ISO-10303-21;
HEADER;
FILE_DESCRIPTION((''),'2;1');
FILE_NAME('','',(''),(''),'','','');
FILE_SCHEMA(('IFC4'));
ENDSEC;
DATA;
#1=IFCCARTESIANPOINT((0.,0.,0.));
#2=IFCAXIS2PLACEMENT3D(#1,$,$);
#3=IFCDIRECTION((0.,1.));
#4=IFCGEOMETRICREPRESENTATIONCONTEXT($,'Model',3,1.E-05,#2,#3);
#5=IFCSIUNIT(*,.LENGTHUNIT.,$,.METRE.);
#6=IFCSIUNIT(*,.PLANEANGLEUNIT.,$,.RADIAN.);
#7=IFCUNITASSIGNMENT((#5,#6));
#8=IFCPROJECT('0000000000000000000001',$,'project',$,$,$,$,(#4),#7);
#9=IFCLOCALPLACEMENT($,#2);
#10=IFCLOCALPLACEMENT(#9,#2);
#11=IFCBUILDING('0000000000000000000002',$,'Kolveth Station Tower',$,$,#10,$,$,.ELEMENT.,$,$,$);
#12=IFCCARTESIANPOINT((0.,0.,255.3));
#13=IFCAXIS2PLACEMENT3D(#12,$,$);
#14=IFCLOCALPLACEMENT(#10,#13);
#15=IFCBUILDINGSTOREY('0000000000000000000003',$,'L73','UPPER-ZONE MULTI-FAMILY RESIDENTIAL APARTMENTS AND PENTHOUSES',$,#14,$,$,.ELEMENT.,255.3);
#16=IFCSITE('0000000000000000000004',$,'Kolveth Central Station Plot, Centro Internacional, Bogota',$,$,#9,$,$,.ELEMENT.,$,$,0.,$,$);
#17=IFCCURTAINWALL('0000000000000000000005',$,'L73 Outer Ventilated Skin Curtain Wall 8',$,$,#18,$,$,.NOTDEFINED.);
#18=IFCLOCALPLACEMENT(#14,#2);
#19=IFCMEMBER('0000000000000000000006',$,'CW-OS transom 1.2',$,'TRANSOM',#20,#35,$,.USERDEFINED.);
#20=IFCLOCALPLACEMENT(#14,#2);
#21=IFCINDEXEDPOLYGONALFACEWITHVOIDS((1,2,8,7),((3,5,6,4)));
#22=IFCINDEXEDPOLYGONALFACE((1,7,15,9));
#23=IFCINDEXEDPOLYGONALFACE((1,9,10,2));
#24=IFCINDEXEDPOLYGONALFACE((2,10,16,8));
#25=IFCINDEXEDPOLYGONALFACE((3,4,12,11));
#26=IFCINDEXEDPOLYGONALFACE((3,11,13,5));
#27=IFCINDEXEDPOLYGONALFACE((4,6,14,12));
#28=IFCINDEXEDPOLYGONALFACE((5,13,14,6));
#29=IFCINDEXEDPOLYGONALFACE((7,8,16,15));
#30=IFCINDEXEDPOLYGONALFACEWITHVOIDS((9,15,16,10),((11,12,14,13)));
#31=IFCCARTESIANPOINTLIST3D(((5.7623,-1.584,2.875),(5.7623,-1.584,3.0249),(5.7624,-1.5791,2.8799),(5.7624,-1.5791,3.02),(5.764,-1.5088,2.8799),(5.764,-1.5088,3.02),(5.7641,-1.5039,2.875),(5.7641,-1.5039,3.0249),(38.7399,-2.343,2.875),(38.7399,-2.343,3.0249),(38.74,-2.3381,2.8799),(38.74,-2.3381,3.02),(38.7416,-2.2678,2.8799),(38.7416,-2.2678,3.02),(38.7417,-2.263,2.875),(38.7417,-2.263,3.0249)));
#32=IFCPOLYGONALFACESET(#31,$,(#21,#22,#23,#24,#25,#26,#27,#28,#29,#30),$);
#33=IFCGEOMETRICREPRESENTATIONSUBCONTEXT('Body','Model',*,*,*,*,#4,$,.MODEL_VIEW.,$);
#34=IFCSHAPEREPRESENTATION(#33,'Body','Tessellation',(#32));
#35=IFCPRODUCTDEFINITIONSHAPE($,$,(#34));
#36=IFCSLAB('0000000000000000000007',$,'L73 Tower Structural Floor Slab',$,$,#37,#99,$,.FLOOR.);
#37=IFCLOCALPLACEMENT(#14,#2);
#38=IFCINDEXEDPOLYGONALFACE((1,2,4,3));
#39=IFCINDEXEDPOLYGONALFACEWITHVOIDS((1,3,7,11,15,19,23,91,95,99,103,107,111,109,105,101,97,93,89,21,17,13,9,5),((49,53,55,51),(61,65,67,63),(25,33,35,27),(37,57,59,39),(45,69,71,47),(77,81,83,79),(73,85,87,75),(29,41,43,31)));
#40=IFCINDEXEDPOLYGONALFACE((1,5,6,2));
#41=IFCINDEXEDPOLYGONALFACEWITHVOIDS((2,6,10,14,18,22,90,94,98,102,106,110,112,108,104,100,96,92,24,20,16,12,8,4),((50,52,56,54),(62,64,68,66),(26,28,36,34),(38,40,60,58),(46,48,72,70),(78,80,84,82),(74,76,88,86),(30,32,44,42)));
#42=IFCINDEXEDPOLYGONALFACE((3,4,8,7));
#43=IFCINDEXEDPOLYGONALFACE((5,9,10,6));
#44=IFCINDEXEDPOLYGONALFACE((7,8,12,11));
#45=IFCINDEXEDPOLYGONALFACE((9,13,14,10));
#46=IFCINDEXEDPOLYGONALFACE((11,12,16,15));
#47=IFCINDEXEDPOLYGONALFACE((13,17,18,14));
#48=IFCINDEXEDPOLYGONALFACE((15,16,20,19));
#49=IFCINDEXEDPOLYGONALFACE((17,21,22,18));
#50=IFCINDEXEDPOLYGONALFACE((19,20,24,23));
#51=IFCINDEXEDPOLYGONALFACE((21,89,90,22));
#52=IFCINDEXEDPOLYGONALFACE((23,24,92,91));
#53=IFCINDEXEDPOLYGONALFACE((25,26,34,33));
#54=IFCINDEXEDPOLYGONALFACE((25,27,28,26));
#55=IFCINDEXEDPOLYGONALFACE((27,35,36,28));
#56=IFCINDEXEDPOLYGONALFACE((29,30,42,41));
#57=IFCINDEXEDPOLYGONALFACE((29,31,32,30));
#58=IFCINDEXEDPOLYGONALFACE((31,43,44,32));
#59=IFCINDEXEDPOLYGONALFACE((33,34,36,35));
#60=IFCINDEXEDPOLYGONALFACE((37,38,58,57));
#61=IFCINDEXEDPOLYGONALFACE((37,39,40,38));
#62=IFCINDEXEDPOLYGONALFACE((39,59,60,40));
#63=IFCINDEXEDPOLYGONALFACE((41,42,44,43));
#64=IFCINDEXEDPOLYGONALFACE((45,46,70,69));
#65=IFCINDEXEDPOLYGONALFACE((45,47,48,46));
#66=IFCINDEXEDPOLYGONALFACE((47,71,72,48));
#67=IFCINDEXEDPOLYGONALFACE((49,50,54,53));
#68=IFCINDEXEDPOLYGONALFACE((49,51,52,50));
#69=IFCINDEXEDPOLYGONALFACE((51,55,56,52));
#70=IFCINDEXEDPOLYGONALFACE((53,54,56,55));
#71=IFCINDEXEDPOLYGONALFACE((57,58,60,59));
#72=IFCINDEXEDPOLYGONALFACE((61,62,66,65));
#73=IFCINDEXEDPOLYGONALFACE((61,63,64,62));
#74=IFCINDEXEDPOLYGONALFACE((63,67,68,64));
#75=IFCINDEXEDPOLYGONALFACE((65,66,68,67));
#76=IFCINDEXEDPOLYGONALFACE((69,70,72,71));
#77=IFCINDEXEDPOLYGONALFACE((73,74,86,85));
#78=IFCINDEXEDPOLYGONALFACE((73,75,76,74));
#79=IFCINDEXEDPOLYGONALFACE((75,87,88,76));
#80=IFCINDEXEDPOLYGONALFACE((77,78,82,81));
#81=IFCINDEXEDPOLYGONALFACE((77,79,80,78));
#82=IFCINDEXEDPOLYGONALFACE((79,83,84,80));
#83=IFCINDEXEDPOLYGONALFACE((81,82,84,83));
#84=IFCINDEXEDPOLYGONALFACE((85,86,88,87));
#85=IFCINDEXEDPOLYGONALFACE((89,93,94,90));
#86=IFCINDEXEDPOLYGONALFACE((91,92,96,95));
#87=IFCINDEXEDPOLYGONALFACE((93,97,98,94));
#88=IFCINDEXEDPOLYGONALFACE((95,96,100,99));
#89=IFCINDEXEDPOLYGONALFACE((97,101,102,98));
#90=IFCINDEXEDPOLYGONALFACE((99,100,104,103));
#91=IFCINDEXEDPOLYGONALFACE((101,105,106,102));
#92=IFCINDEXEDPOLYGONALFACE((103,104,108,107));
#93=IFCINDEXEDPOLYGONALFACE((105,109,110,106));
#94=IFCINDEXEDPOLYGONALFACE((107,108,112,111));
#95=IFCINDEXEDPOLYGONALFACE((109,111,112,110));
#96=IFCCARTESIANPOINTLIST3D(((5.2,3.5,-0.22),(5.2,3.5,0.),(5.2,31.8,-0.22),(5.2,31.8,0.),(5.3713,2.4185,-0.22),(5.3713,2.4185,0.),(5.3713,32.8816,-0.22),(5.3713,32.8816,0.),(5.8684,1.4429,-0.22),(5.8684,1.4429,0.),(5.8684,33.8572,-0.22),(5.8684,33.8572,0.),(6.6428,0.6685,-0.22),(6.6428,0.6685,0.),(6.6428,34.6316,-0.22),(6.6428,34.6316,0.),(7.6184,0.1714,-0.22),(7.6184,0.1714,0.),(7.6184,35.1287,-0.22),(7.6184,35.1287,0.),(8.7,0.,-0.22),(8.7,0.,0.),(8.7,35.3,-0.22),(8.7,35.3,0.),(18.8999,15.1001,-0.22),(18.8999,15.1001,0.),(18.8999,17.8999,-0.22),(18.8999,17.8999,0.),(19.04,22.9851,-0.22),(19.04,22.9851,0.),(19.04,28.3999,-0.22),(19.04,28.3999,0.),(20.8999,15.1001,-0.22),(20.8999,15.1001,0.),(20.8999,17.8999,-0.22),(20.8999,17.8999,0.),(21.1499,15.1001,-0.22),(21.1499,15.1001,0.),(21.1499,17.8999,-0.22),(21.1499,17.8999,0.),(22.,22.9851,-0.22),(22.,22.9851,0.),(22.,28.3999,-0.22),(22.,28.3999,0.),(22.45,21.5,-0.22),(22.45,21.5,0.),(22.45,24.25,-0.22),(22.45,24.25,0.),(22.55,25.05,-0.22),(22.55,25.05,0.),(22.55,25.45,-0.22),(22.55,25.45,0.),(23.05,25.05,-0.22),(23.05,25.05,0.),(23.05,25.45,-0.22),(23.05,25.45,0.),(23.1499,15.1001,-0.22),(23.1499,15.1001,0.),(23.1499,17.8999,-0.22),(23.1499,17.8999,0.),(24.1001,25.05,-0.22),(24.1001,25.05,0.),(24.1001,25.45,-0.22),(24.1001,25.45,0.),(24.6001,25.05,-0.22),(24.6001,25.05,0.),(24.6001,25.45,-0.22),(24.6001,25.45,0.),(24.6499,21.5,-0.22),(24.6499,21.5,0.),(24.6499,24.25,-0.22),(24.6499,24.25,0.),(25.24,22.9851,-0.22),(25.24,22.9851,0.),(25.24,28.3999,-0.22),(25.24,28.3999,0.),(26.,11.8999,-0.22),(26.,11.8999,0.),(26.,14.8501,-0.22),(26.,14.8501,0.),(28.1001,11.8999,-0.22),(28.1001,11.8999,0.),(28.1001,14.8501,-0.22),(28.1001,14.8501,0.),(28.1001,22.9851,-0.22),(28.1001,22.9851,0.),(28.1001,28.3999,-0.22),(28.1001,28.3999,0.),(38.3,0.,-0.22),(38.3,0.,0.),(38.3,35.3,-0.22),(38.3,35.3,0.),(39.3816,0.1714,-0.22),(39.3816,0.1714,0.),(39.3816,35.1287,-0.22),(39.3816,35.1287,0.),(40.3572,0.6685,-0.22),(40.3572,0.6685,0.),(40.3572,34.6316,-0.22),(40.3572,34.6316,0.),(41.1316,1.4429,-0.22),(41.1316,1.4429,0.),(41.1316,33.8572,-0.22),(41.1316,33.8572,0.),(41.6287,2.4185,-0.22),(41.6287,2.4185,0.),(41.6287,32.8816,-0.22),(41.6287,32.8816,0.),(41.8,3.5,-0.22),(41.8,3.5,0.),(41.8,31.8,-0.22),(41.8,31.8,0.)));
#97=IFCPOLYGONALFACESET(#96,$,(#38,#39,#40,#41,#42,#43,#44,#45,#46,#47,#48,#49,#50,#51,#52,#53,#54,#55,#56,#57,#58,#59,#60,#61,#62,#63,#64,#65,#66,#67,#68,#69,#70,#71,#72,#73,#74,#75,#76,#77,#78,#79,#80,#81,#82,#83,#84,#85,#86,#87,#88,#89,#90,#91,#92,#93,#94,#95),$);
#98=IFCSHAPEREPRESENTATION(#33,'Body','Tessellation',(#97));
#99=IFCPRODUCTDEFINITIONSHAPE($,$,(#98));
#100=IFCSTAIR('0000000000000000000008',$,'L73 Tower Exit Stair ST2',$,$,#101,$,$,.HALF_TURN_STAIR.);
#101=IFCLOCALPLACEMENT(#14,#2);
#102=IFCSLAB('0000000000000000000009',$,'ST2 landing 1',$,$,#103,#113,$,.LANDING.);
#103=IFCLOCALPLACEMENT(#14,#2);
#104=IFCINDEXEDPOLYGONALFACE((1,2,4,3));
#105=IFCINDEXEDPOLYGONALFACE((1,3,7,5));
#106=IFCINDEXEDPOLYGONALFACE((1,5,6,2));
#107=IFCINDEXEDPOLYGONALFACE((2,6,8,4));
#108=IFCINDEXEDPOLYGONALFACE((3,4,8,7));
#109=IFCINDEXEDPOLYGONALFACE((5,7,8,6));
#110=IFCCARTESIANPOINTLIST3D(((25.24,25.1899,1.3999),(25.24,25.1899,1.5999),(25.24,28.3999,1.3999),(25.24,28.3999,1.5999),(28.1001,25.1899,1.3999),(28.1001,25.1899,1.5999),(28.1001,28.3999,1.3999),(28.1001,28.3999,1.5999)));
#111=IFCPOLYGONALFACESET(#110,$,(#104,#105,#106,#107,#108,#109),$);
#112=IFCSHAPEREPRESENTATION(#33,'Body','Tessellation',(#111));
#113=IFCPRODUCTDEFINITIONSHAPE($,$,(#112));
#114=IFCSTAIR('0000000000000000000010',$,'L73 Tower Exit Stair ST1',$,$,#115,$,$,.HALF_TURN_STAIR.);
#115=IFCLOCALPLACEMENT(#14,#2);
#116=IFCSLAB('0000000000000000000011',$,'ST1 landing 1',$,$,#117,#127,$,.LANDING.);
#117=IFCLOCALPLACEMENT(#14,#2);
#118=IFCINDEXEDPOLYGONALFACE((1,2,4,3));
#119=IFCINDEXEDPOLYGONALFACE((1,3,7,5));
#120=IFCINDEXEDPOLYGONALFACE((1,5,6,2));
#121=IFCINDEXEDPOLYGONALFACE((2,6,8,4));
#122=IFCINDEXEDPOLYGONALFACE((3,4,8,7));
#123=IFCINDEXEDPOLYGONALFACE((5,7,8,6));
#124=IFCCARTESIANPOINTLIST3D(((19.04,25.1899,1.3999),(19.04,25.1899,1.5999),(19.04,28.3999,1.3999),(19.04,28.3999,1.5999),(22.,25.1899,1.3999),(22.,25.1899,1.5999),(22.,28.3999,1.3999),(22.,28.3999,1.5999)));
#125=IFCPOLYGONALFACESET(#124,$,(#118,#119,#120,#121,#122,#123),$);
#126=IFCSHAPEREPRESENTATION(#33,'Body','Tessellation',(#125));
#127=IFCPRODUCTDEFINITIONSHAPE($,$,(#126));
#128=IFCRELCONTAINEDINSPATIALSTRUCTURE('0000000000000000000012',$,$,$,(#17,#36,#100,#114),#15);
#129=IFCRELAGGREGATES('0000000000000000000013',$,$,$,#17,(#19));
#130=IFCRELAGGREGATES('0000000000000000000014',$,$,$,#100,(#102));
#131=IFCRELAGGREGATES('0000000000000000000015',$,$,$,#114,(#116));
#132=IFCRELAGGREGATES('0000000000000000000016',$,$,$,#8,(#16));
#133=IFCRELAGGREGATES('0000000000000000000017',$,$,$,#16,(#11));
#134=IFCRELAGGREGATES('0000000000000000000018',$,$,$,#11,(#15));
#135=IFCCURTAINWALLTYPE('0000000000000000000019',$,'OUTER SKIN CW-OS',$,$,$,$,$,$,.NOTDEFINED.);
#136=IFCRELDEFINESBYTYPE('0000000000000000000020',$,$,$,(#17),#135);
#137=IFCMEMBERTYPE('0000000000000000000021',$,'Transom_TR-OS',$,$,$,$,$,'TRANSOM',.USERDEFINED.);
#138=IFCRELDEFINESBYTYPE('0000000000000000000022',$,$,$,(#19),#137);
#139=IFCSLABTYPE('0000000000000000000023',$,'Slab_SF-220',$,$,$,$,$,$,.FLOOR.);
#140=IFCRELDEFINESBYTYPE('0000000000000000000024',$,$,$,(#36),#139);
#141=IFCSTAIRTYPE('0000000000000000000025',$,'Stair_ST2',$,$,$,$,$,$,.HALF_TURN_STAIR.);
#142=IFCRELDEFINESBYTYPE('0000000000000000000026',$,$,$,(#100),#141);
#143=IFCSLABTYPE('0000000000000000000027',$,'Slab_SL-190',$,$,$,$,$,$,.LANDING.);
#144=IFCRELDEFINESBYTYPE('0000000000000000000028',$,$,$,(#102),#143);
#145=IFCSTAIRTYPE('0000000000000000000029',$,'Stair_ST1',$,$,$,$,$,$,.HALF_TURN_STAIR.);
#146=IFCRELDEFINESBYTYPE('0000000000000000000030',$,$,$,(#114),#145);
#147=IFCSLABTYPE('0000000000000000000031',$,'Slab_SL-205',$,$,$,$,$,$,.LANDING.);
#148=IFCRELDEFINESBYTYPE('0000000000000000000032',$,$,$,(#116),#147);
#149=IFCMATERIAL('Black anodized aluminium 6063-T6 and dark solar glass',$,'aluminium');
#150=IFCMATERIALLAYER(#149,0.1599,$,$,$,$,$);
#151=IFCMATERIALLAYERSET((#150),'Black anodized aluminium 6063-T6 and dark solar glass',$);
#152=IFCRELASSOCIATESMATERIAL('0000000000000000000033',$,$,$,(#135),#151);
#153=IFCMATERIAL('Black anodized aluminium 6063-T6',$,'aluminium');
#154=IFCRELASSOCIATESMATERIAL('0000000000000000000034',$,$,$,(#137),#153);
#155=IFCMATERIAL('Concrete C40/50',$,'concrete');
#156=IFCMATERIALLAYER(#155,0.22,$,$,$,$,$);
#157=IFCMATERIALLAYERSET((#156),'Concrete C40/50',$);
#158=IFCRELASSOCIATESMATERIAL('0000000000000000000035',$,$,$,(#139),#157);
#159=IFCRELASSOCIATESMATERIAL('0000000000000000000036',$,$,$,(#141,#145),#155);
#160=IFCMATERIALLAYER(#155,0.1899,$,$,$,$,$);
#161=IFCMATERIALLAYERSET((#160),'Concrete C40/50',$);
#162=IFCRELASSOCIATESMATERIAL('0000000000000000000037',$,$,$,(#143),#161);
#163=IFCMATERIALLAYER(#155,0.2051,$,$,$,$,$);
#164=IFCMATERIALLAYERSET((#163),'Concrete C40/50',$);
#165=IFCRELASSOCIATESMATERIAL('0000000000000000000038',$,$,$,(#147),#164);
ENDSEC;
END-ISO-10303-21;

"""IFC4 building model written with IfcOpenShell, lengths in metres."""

from ifc_helpers import new_model, si_unit, direction, frame, origin, origin_2d, place, context, subcontext, project, spatial, polyline, hollow_rectangle, outline, extrude, source, transform, mapped, material, layer, layer_set, material_profile, profile_set, type_object, element, aggregate, save


model = new_model("IFC4")

# Units and contexts
model_context = context("Model", 3, precision=1e-05, world=origin(), true_north=direction((0.0, 1.0)))
body_context = subcontext(model_context, "Body", "Model", "MODEL_VIEW")
ifc_project = project(units=[si_unit("LENGTHUNIT", "METRE"), si_unit("PLANEANGLEUNIT", "RADIAN")], contexts=[model_context])

# Site, building, storey
site_placement = place(None, origin())
site = spatial("IfcSite", under=ifc_project, at=site_placement, Name="Kolveth Central Station Plot, Centro Internacional, Bogota", CompositionType="ELEMENT", RefElevation=0.0)
building_placement = place(site_placement, origin())
building = spatial("IfcBuilding", under=site, at=building_placement, Name="Kolveth Station Tower", CompositionType="ELEMENT")
storey_placement = place(building_placement, frame((0.0, 0.0, 255.3)))
storey = spatial("IfcBuildingStorey", under=building, at=storey_placement, Name="L73", Description="UPPER-ZONE MULTI-FAMILY RESIDENTIAL APARTMENTS AND PENTHOUSES", CompositionType="ELEMENT", Elevation=255.3)

# Curtain wall
ifc_material_1 = material(Name="Black anodized aluminium 6063-T6 and dark solar glass", Category="aluminium")
ifc_layer_1 = layer(ifc_material_1, 0.1599)
ifc_layer_set_1 = layer_set([ifc_layer_1], Name="Black anodized aluminium 6063-T6 and dark solar glass")
curtain_wall_type_1 = type_object("IfcCurtainWallType", Name="OUTER SKIN CW-OS", PredefinedType="NOTDEFINED", material=ifc_layer_set_1)
ifc_material_2 = material(Name="Black anodized aluminium 6063-T6", Category="aluminium")
curtain_wall_1_placement = place(storey_placement, origin())
curtain_wall_1 = element("IfcCurtainWall", 1, at=curtain_wall_1_placement, inside=storey, type_object=curtain_wall_type_1, Name="L73 Outer Ventilated Skin Curtain Wall 8", PredefinedType="NOTDEFINED")

# Member
ifc_material_profile_1 = material_profile(ifc_material_2, hollow_rectangle(XDim=0.0801, YDim=0.1499, WallThickness=0.0049, at=origin_2d()), Name="ALU-80x150x5")
ifc_profile_set_1 = profile_set([ifc_material_profile_1], Name="Black anodized aluminium 6063-T6")
member_type_1 = type_object("IfcMemberType", Name="Transom_TR-OS", ElementType="TRANSOM", PredefinedType="USERDEFINED", material=ifc_profile_set_1)
shared_shape_1 = source(origin(), body_context, "Body", "SweptSolid", [
    extrude(hollow_rectangle(XDim=0.0801, YDim=0.1499, WallThickness=0.0049, at=origin_2d()), origin(), (0.0, 0.0, 1.0), 32.9863),
])
member_1_placement = place(storey_placement, frame((5.7632, -1.5439, 2.95), z_axis=(0.999735, -0.023011, 0.0), x_axis=(0.023011, 0.999735, 0.0)))
member_1 = element("IfcMember", 2, at=member_1_placement, type_object=member_type_1, Name="CW-OS transom 1.2", ObjectType="TRANSOM", PredefinedType="USERDEFINED", context=body_context, shape_type="MappedRepresentation", body=[
    mapped(shared_shape_1, transform((0.0, 0.0, 0.0), x_axis=(1.0, 0.0, 0.0), y_axis=(0.0, 1.0, 0.0), z_axis=(0.0, 0.0, 1.0), scale=1.0)),
])
aggregate(curtain_wall_1, [member_1])

# Slab
ifc_material_3 = material(Name="Concrete C40/50", Category="concrete")
ifc_layer_2 = layer(ifc_material_3, 0.22)
ifc_layer_set_2 = layer_set([ifc_layer_2], Name="Concrete C40/50")
slab_type_1 = type_object("IfcSlabType", Name="Slab_SF-220", PredefinedType="FLOOR", material=ifc_layer_set_2)
slab_1_placement = place(storey_placement, frame((0.0, 0.0, -0.22)))
element("IfcSlab", 3, at=slab_1_placement, inside=storey, type_object=slab_type_1, Name="L73 Tower Structural Floor Slab", PredefinedType="FLOOR", context=body_context, shape_type="SweptSolid", body=[
    extrude(outline(polyline([(38.3, 0.0), (39.3816, 0.1714), (40.3572, 0.6685), (41.1316, 1.4429), (41.6287, 2.4185), (41.8, 3.5), (41.8, 31.8), (41.6287, 32.8816), (41.1316, 33.8572), (40.3572, 34.6316), (39.3816, 35.1287), (38.3, 35.3), (8.7, 35.3), (7.6184, 35.1287), (6.6428, 34.6316), (5.8684, 33.8572), (5.3713, 32.8816), (5.2, 31.8), (5.2, 3.5), (5.3713, 2.4185), (5.8684, 1.4429), (6.6428, 0.6685), (7.6184, 0.1714), (8.7, 0.0), (38.3, 0.0)]), holes=[polyline([(19.04, 22.9851), (22.0, 22.9851), (22.0, 28.3999), (19.04, 28.3999), (19.04, 22.9851)]), polyline([(25.24, 22.9851), (28.1001, 22.9851), (28.1001, 28.3999), (25.24, 28.3999), (25.24, 22.9851)]), polyline([(18.8999, 15.1001), (20.8999, 15.1001), (20.8999, 17.8999), (18.8999, 17.8999), (18.8999, 15.1001)]), polyline([(21.1499, 15.1001), (23.1499, 15.1001), (23.1499, 17.8999), (21.1499, 17.8999), (21.1499, 15.1001)]), polyline([(22.45, 21.5), (24.6499, 21.5), (24.6499, 24.25), (22.45, 24.25), (22.45, 21.5)]), polyline([(26.0, 11.8999), (28.1001, 11.8999), (28.1001, 14.8501), (26.0, 14.8501), (26.0, 11.8999)]), polyline([(22.55, 25.05), (23.05, 25.05), (23.05, 25.45), (22.55, 25.45), (22.55, 25.05)]), polyline([(24.1001, 25.05), (24.6001, 25.05), (24.6001, 25.45), (24.1001, 25.45), (24.1001, 25.05)])]), origin(), (0.0, 0.0, 1.0), 0.22),
])

# Stairs, slabs
stair_type_1 = type_object("IfcStairType", Name="Stair_ST2", PredefinedType="HALF_TURN_STAIR", material=ifc_material_3)
stair_1_placement = place(storey_placement, origin())
stair_1 = element("IfcStair", 4, at=stair_1_placement, inside=storey, type_object=stair_type_1, Name="L73 Tower Exit Stair ST2", PredefinedType="HALF_TURN_STAIR")
ifc_layer_3 = layer(ifc_material_3, 0.1899)
ifc_layer_set_3 = layer_set([ifc_layer_3], Name="Concrete C40/50")
slab_type_2 = type_object("IfcSlabType", Name="Slab_SL-190", PredefinedType="LANDING", material=ifc_layer_set_3)
slab_2_placement = place(storey_placement, frame((0.0, 0.0, 1.3999)))
slab_2 = element("IfcSlab", 5, at=slab_2_placement, type_object=slab_type_2, Name="ST2 landing 1", PredefinedType="LANDING", context=body_context, shape_type="SweptSolid", body=[
    extrude(outline(polyline([(28.1001, 25.1899), (28.1001, 28.3999), (25.24, 28.3999), (25.24, 25.1899), (28.1001, 25.1899)])), origin(), (0.0, 0.0, 1.0), 0.2),
])
aggregate(stair_1, [slab_2])
stair_type_2 = type_object("IfcStairType", Name="Stair_ST1", PredefinedType="HALF_TURN_STAIR", material=ifc_material_3)
stair_2_placement = place(storey_placement, origin())
stair_2 = element("IfcStair", 6, at=stair_2_placement, inside=storey, type_object=stair_type_2, Name="L73 Tower Exit Stair ST1", PredefinedType="HALF_TURN_STAIR")
ifc_layer_4 = layer(ifc_material_3, 0.2051)
ifc_layer_set_4 = layer_set([ifc_layer_4], Name="Concrete C40/50")
slab_type_3 = type_object("IfcSlabType", Name="Slab_SL-205", PredefinedType="LANDING", material=ifc_layer_set_4)
slab_3_placement = place(storey_placement, frame((0.0, 0.0, 1.3999)))
slab_3 = element("IfcSlab", 7, at=slab_3_placement, type_object=slab_type_3, Name="ST1 landing 1", PredefinedType="LANDING", context=body_context, shape_type="SweptSolid", body=[
    extrude(outline(polyline([(22.0, 25.1899), (22.0, 28.3999), (19.04, 28.3999), (19.04, 25.1899), (22.0, 25.1899)])), origin(), (0.0, 0.0, 1.0), 0.2),
])
aggregate(stair_2, [slab_3])

save(model, "model.ifc")
